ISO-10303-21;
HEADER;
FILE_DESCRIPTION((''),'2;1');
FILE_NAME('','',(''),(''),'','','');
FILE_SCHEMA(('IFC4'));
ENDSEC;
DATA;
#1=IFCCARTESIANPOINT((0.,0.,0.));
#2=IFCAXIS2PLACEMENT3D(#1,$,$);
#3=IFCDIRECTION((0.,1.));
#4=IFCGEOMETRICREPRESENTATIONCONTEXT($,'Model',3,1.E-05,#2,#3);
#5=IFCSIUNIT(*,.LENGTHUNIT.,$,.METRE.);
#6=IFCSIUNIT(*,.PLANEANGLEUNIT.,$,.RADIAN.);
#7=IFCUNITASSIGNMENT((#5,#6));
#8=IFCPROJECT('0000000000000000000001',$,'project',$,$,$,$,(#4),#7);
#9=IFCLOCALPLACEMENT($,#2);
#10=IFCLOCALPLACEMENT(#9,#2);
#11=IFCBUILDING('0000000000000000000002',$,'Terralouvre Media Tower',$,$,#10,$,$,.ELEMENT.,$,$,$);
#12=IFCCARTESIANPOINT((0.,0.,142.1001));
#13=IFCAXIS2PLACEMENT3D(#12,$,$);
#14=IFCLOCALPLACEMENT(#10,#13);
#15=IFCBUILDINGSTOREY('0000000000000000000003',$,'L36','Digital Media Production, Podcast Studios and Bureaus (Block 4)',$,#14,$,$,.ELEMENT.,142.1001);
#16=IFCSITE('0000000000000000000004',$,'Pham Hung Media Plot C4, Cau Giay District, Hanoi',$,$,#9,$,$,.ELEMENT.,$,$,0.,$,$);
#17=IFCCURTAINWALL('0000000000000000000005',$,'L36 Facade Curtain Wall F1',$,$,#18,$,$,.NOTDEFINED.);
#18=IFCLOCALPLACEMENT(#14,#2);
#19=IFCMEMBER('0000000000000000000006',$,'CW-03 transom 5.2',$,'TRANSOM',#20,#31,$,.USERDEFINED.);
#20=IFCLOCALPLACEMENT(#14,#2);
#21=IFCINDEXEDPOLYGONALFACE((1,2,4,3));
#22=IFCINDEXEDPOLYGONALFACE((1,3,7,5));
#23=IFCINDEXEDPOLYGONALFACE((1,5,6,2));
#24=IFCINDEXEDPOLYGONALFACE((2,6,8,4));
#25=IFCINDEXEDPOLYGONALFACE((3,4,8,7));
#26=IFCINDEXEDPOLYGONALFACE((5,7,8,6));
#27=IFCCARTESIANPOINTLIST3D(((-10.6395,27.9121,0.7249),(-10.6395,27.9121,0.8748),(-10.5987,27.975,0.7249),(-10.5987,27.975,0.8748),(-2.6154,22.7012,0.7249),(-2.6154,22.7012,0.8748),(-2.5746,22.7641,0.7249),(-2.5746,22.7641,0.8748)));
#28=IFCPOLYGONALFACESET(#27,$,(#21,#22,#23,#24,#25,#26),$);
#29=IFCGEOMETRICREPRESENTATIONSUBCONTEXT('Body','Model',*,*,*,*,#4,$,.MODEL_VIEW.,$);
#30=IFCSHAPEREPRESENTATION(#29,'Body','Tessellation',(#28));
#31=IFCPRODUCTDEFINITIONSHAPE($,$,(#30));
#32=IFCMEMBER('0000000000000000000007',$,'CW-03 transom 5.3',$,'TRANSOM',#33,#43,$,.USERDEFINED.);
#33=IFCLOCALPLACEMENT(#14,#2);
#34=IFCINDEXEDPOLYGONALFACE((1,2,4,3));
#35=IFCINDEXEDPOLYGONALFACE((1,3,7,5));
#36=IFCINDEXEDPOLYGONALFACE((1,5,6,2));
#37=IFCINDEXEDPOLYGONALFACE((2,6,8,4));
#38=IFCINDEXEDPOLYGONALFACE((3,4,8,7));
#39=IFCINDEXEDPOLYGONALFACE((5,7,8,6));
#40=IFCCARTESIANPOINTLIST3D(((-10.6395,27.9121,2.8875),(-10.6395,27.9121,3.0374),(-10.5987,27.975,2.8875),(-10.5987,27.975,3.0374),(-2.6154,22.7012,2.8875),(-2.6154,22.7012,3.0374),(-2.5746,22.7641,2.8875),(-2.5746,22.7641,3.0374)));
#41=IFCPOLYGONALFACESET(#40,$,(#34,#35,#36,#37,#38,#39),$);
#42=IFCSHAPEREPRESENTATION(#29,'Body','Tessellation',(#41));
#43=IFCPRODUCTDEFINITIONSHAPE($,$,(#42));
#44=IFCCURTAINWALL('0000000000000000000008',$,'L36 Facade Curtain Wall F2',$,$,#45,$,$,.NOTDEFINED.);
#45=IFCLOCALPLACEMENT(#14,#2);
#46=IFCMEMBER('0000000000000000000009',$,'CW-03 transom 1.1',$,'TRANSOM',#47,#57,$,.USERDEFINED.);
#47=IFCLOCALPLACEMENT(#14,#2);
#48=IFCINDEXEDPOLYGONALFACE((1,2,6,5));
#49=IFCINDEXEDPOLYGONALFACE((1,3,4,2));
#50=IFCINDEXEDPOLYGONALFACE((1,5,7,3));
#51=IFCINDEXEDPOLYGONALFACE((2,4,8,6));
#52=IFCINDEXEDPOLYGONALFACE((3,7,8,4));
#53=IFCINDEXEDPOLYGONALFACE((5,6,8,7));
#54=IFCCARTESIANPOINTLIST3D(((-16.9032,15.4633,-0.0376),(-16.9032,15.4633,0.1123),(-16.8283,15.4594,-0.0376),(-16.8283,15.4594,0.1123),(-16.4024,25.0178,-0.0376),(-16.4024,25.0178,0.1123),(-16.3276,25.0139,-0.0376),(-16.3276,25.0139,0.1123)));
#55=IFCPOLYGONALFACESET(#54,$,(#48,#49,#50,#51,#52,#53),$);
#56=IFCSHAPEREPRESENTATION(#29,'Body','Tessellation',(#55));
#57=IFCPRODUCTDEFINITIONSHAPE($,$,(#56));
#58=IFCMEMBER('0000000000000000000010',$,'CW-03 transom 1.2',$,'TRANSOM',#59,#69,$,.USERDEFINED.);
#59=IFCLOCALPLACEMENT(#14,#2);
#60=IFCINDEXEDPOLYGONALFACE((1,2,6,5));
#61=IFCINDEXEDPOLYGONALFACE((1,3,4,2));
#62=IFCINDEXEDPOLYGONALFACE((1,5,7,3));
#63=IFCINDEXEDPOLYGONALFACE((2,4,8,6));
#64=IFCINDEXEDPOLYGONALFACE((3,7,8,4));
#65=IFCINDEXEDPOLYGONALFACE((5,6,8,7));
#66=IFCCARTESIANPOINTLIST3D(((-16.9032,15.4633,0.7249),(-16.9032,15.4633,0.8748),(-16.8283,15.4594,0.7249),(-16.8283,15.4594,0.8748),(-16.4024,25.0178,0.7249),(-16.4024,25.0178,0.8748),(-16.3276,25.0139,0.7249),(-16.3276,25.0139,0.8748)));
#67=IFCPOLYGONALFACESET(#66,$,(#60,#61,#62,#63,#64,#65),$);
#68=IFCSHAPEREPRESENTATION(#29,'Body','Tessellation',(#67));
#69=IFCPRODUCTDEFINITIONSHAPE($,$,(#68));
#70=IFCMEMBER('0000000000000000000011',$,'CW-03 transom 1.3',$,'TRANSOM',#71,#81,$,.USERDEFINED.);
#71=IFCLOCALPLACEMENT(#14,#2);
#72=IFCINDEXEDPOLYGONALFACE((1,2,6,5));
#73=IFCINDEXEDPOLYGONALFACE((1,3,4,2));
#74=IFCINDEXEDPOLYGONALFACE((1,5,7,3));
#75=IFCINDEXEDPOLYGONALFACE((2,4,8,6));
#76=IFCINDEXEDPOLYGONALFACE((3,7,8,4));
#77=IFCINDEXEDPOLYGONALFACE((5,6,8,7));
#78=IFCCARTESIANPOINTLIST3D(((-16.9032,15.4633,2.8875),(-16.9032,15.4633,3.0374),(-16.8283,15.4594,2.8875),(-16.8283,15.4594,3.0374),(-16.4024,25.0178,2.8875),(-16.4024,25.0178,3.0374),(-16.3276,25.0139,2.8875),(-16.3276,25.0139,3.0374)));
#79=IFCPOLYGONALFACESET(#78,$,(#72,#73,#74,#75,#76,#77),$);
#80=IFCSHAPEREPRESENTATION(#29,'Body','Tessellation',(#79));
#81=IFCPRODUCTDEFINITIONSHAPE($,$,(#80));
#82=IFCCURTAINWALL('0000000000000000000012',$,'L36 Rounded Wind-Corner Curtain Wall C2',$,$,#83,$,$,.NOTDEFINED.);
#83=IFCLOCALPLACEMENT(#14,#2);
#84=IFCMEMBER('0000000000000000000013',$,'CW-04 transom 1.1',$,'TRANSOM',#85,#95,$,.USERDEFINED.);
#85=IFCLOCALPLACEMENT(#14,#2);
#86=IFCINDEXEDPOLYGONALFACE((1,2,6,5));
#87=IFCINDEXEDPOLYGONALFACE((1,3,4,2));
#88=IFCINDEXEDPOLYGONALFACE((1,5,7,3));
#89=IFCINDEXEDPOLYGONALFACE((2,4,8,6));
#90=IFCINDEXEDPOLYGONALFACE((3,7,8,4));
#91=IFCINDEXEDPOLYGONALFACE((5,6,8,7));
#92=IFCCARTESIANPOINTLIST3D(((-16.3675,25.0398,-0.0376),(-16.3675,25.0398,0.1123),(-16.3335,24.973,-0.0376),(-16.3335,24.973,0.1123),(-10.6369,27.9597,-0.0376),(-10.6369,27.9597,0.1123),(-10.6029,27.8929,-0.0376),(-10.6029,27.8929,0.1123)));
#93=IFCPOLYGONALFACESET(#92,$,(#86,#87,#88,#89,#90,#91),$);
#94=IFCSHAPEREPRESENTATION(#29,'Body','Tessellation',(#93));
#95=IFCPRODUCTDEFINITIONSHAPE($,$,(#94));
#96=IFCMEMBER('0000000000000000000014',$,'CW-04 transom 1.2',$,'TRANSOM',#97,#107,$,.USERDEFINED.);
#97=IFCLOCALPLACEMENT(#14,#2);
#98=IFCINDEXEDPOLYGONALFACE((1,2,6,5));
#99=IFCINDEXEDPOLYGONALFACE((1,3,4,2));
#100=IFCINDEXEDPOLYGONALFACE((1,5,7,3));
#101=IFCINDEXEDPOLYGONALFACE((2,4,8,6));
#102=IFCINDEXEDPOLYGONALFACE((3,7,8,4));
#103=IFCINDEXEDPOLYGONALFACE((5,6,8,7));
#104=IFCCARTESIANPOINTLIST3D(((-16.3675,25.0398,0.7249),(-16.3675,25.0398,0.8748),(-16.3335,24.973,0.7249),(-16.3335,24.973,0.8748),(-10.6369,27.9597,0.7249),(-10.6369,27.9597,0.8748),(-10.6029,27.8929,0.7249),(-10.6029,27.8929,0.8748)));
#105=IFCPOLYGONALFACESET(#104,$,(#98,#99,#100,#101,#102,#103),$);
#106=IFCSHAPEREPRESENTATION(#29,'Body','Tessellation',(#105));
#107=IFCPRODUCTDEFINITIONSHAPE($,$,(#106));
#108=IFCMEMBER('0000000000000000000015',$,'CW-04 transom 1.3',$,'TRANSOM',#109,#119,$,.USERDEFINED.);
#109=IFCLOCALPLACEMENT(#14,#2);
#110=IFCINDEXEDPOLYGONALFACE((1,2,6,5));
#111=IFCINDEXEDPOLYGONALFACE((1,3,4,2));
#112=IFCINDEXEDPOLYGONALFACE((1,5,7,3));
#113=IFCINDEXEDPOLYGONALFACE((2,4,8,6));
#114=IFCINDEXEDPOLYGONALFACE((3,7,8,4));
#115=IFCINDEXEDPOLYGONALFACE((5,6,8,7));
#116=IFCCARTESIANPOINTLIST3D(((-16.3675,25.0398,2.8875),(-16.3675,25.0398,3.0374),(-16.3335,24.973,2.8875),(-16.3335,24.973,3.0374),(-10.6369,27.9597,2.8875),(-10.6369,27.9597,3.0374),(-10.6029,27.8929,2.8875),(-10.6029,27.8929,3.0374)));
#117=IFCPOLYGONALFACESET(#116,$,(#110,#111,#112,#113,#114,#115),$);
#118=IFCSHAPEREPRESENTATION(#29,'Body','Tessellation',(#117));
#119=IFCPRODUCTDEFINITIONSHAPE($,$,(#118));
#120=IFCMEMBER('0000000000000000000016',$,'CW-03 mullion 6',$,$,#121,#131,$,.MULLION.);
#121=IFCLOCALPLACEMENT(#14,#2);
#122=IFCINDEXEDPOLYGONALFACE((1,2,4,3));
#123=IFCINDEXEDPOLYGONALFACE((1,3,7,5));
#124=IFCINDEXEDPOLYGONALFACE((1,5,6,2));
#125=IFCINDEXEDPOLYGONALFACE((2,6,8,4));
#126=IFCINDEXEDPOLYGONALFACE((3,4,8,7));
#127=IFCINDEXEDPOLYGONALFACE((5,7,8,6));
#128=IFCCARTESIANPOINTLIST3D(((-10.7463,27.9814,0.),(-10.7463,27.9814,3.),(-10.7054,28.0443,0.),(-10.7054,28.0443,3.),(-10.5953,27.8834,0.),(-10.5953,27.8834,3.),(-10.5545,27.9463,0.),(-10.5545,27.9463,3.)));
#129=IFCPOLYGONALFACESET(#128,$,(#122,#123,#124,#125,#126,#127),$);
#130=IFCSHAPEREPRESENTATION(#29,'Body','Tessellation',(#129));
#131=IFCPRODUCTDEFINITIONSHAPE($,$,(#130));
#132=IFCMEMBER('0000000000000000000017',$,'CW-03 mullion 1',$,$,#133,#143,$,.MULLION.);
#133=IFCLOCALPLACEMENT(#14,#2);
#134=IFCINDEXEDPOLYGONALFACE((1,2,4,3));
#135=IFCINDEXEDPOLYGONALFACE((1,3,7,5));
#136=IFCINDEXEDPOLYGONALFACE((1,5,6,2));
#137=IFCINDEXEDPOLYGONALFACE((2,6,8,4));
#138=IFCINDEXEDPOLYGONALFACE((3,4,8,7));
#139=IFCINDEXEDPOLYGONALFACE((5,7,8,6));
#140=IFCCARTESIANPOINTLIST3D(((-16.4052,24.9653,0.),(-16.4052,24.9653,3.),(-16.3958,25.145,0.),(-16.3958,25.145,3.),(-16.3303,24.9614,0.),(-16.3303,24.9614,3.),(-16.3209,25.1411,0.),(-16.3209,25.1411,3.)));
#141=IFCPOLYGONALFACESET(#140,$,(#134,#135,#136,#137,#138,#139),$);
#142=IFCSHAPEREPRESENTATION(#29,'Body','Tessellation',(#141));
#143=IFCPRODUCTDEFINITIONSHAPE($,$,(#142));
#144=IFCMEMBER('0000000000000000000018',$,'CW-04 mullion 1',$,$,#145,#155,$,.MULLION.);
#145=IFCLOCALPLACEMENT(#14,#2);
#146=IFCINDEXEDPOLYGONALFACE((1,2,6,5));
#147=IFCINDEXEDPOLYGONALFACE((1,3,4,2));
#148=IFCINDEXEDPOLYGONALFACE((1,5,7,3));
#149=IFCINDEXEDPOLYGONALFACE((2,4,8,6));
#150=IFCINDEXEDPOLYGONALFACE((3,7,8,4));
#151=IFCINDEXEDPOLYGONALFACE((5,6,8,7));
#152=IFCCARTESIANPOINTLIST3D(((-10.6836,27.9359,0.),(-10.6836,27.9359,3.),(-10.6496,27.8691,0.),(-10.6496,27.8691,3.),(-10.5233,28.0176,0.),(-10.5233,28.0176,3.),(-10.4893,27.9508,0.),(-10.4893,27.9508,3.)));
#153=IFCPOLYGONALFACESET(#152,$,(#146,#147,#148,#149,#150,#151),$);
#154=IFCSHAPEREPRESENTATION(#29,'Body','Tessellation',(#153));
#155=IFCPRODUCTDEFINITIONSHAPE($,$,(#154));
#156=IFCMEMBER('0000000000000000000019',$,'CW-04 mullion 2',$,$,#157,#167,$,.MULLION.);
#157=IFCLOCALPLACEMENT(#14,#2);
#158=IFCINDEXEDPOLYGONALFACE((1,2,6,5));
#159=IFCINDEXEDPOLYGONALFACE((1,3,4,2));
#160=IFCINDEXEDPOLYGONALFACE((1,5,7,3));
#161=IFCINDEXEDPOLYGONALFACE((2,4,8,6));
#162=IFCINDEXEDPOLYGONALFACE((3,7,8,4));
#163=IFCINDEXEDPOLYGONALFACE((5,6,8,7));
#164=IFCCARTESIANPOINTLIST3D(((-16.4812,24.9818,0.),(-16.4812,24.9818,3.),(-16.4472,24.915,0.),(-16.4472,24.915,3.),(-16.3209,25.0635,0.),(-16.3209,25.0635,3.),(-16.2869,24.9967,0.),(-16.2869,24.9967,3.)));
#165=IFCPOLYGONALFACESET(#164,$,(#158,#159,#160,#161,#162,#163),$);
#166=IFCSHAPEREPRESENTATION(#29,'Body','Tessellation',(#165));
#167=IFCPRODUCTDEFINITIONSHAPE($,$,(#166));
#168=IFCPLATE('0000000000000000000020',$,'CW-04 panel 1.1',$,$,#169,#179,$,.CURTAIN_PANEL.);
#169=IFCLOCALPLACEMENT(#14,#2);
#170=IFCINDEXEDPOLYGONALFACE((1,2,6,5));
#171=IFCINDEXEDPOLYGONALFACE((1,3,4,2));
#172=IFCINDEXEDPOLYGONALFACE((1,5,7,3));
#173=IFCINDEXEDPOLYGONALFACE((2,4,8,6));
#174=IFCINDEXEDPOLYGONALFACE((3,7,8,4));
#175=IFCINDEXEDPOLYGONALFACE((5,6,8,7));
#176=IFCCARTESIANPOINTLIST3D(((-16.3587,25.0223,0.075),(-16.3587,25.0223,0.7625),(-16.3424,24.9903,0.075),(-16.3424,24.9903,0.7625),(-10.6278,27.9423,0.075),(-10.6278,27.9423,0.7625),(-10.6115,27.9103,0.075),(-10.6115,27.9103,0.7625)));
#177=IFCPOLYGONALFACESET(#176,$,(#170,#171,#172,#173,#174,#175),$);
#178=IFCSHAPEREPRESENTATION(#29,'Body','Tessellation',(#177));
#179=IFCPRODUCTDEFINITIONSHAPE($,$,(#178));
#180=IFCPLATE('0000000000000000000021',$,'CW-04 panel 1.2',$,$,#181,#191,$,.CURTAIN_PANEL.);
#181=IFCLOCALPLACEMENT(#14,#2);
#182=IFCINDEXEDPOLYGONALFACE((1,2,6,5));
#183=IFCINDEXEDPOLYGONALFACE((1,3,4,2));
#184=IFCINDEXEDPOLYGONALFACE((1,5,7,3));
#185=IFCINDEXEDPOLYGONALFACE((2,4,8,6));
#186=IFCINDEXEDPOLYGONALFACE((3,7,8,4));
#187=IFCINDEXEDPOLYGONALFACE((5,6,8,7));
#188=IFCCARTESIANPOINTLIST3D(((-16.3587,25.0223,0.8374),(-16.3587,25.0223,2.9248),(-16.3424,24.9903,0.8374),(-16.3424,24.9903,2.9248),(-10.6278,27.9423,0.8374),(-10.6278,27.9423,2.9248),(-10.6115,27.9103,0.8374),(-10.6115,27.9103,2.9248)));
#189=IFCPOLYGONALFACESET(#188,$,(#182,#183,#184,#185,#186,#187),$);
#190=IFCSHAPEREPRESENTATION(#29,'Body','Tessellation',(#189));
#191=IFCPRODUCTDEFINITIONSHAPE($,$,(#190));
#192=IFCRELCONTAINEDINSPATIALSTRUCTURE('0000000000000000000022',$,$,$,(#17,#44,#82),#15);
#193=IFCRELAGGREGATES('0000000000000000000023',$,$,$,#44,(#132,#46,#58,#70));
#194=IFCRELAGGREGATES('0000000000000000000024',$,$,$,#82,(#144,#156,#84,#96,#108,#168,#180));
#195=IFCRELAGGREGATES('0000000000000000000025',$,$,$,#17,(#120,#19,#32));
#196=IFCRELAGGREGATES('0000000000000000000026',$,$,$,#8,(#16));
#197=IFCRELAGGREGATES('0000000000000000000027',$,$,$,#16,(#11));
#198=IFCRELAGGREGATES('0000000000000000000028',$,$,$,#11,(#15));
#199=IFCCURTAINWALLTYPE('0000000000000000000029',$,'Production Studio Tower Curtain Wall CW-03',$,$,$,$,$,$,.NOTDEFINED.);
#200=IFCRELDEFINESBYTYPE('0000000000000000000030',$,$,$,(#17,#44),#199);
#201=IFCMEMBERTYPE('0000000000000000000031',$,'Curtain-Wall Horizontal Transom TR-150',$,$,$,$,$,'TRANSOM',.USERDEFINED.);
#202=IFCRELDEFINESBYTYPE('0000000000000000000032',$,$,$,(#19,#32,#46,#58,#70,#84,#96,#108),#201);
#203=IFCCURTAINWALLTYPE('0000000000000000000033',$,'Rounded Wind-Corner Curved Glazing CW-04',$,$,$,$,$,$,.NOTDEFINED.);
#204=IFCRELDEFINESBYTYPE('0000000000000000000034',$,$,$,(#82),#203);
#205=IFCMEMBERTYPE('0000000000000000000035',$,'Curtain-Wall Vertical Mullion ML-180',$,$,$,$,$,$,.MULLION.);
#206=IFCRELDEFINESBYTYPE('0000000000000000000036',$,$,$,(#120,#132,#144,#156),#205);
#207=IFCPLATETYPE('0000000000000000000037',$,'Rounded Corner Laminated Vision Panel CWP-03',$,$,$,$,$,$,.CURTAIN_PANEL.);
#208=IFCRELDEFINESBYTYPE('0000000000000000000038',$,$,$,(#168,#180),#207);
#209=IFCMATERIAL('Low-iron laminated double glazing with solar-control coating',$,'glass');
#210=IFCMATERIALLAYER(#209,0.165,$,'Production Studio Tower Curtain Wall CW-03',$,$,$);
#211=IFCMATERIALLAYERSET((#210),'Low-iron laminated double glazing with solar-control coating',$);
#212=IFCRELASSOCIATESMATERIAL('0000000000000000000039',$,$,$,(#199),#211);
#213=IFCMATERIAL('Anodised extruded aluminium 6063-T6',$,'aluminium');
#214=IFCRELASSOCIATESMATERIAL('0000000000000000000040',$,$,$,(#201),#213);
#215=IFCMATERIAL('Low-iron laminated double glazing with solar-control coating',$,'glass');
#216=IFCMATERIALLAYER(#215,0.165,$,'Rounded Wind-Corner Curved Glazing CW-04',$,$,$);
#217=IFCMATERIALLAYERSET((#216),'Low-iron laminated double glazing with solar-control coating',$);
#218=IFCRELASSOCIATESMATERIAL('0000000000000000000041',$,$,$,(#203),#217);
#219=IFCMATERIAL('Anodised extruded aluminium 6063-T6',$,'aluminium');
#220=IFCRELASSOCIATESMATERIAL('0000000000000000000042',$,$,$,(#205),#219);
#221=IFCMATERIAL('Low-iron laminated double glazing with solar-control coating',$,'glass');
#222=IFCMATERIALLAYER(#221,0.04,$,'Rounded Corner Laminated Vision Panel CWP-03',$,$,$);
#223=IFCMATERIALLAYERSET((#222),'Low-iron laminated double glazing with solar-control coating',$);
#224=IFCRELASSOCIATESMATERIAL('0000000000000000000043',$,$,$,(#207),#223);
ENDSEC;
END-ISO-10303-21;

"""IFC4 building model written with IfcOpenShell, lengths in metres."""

from ifc_helpers import new_model, si_unit, direction, frame, origin, origin_2d, place, context, subcontext, project, spatial, rectangle, extrude, material, layer, layer_set, material_profile, profile_set, type_object, element, aggregate, save


model = new_model("IFC4")

# Units and contexts
model_context = context("Model", 3, precision=1e-05, world=origin(), true_north=direction((0.0, 1.0)))
body_context = subcontext(model_context, "Body", "Model", "MODEL_VIEW")
ifc_project = project(units=[si_unit("LENGTHUNIT", "METRE"), si_unit("PLANEANGLEUNIT", "RADIAN")], contexts=[model_context])

# Site, building, storey
site_placement = place(None, origin())
site = spatial("IfcSite", under=ifc_project, at=site_placement, Name="Pham Hung Media Plot C4, Cau Giay District, Hanoi", CompositionType="ELEMENT", RefElevation=0.0)
building_placement = place(site_placement, origin())
building = spatial("IfcBuilding", under=site, at=building_placement, Name="Terralouvre Media Tower", CompositionType="ELEMENT")
storey_placement = place(building_placement, frame((0.0, 0.0, 142.1001)))
storey = spatial("IfcBuildingStorey", under=building, at=storey_placement, Name="L36", Description="Digital Media Production, Podcast Studios and Bureaus (Block 4)", CompositionType="ELEMENT", Elevation=142.1001)

# Curtain walls, members
ifc_material_1 = material(Name="Low-iron laminated double glazing with solar-control coating", Category="glass")
ifc_layer_1 = layer(ifc_material_1, 0.165, Name="Production Studio Tower Curtain Wall CW-03")
ifc_layer_set_1 = layer_set([ifc_layer_1], Name="Low-iron laminated double glazing with solar-control coating")
curtain_wall_type_1 = type_object("IfcCurtainWallType", Name="Production Studio Tower Curtain Wall CW-03", PredefinedType="NOTDEFINED", material=ifc_layer_set_1)
curtain_wall_1_placement = place(storey_placement, origin())
curtain_wall_1 = element("IfcCurtainWall", 1, at=curtain_wall_1_placement, inside=storey, type_object=curtain_wall_type_1, Name="L36 Facade Curtain Wall F1", PredefinedType="NOTDEFINED")
ifc_material_2 = material(Name="Anodised extruded aluminium 6063-T6", Category="aluminium")
ifc_material_profile_1 = material_profile(ifc_material_2, rectangle(XDim=0.075, YDim=0.1499, at=origin_2d()), Name="ALU 75x150")
ifc_profile_set_1 = profile_set([ifc_material_profile_1], Name="Anodised extruded aluminium 6063-T6")
member_type_1 = type_object("IfcMemberType", Name="Curtain-Wall Horizontal Transom TR-150", ElementType="TRANSOM", PredefinedType="USERDEFINED", material=ifc_profile_set_1)
member_1_placement = place(storey_placement, frame((-2.595, 22.7327, 0.7998), z_axis=(-0.838671, 0.544638, 0.0), x_axis=(-0.544638, -0.838671, 0.0)))
member_1 = element("IfcMember", 2, at=member_1_placement, type_object=member_type_1, Name="CW-03 transom 5.2", ObjectType="TRANSOM", PredefinedType="USERDEFINED", context=body_context, shape_type="SweptSolid", body=[
    extrude(rectangle(XDim=0.075, YDim=0.1499, at=origin_2d()), origin(), (0.0, 0.0, 1.0), 9.5676),
])
member_2_placement = place(storey_placement, frame((-2.595, 22.7327, 2.9624), z_axis=(-0.838671, 0.544638, 0.0), x_axis=(-0.544638, -0.838671, 0.0)))
member_2 = element("IfcMember", 3, at=member_2_placement, type_object=member_type_1, Name="CW-03 transom 5.3", ObjectType="TRANSOM", PredefinedType="USERDEFINED", context=body_context, shape_type="SweptSolid", body=[
    extrude(rectangle(XDim=0.075, YDim=0.1499, at=origin_2d()), origin(), (0.0, 0.0, 1.0), 9.5676),
])
curtain_wall_2_placement = place(storey_placement, origin())
curtain_wall_2 = element("IfcCurtainWall", 4, at=curtain_wall_2_placement, inside=storey, type_object=curtain_wall_type_1, Name="L36 Facade Curtain Wall F2", PredefinedType="NOTDEFINED")
member_3_placement = place(storey_placement, frame((-16.365, 25.0159, 0.0374), z_axis=(-0.052337, -0.99863, 0.0), x_axis=(0.99863, -0.052337, 0.0)))
member_3 = element("IfcMember", 5, at=member_3_placement, type_object=member_type_1, Name="CW-03 transom 1.1", ObjectType="TRANSOM", PredefinedType="USERDEFINED", context=body_context, shape_type="SweptSolid", body=[
    extrude(rectangle(XDim=0.075, YDim=0.1499, at=origin_2d()), origin(), (0.0, 0.0, 1.0), 9.5676),
])
member_4_placement = place(storey_placement, frame((-16.365, 25.0159, 0.7998), z_axis=(-0.052337, -0.99863, 0.0), x_axis=(0.99863, -0.052337, 0.0)))
member_4 = element("IfcMember", 6, at=member_4_placement, type_object=member_type_1, Name="CW-03 transom 1.2", ObjectType="TRANSOM", PredefinedType="USERDEFINED", context=body_context, shape_type="SweptSolid", body=[
    extrude(rectangle(XDim=0.075, YDim=0.1499, at=origin_2d()), origin(), (0.0, 0.0, 1.0), 9.5676),
])
member_5_placement = place(storey_placement, frame((-16.365, 25.0159, 2.9624), z_axis=(-0.052337, -0.99863, 0.0), x_axis=(0.99863, -0.052337, 0.0)))
member_5 = element("IfcMember", 7, at=member_5_placement, type_object=member_type_1, Name="CW-03 transom 1.3", ObjectType="TRANSOM", PredefinedType="USERDEFINED", context=body_context, shape_type="SweptSolid", body=[
    extrude(rectangle(XDim=0.075, YDim=0.1499, at=origin_2d()), origin(), (0.0, 0.0, 1.0), 9.5676),
])
ifc_material_3 = material(Name="Low-iron laminated double glazing with solar-control coating", Category="glass")
ifc_layer_2 = layer(ifc_material_3, 0.165, Name="Rounded Wind-Corner Curved Glazing CW-04")
ifc_layer_set_2 = layer_set([ifc_layer_2], Name="Low-iron laminated double glazing with solar-control coating")
curtain_wall_type_2 = type_object("IfcCurtainWallType", Name="Rounded Wind-Corner Curved Glazing CW-04", PredefinedType="NOTDEFINED", material=ifc_layer_set_2)
curtain_wall_3_placement = place(storey_placement, origin())
curtain_wall_3 = element("IfcCurtainWall", 8, at=curtain_wall_3_placement, inside=storey, type_object=curtain_wall_type_2, Name="L36 Rounded Wind-Corner Curtain Wall C2", PredefinedType="NOTDEFINED")
member_6_placement = place(storey_placement, frame((-10.6199, 27.9263, 0.0374), z_axis=(-0.891008, -0.453988, 0.0), x_axis=(0.453988, -0.891008, 0.0)))
member_6 = element("IfcMember", 9, at=member_6_placement, type_object=member_type_1, Name="CW-04 transom 1.1", ObjectType="TRANSOM", PredefinedType="USERDEFINED", context=body_context, shape_type="SweptSolid", body=[
    extrude(rectangle(XDim=0.075, YDim=0.1499, at=origin_2d()), origin(), (0.0, 0.0, 1.0), 6.4316),
])
member_7_placement = place(storey_placement, frame((-10.6199, 27.9263, 0.7998), z_axis=(-0.891008, -0.453988, 0.0), x_axis=(0.453988, -0.891008, 0.0)))
member_7 = element("IfcMember", 10, at=member_7_placement, type_object=member_type_1, Name="CW-04 transom 1.2", ObjectType="TRANSOM", PredefinedType="USERDEFINED", context=body_context, shape_type="SweptSolid", body=[
    extrude(rectangle(XDim=0.075, YDim=0.1499, at=origin_2d()), origin(), (0.0, 0.0, 1.0), 6.4316),
])
member_8_placement = place(storey_placement, frame((-10.6199, 27.9263, 2.9624), z_axis=(-0.891008, -0.453988, 0.0), x_axis=(0.453988, -0.891008, 0.0)))
member_8 = element("IfcMember", 11, at=member_8_placement, type_object=member_type_1, Name="CW-04 transom 1.3", ObjectType="TRANSOM", PredefinedType="USERDEFINED", context=body_context, shape_type="SweptSolid", body=[
    extrude(rectangle(XDim=0.075, YDim=0.1499, at=origin_2d()), origin(), (0.0, 0.0, 1.0), 6.4316),
])

# Members
ifc_material_4 = material(Name="Anodised extruded aluminium 6063-T6", Category="aluminium")
ifc_material_profile_2 = material_profile(ifc_material_4, rectangle(XDim=0.075, YDim=0.1799, at=origin_2d()), Name="ALU 75x180")
ifc_profile_set_2 = profile_set([ifc_material_profile_2], Name="Anodised extruded aluminium 6063-T6")
member_type_2 = type_object("IfcMemberType", Name="Curtain-Wall Vertical Mullion ML-180", PredefinedType="MULLION", material=ifc_profile_set_2)
member_9_placement = place(storey_placement, frame((-10.6504, 27.9639, 0.0), z_axis=(0.0, 0.0, 1.0), x_axis=(-0.544639, -0.838671, 0.0)))
member_9 = element("IfcMember", 12, at=member_9_placement, type_object=member_type_2, Name="CW-03 mullion 6", PredefinedType="MULLION", context=body_context, shape_type="SweptSolid", body=[
    extrude(rectangle(XDim=0.075, YDim=0.1799, at=origin_2d()), origin(), (0.0, 0.0, 1.0), 3.0),
])
member_10_placement = place(storey_placement, frame((-16.363, 25.0532, 0.0), z_axis=(0.0, 0.0, 1.0), x_axis=(0.99863, -0.052336, 0.0)))
member_10 = element("IfcMember", 13, at=member_10_placement, type_object=member_type_2, Name="CW-03 mullion 1", PredefinedType="MULLION", context=body_context, shape_type="SweptSolid", body=[
    extrude(rectangle(XDim=0.075, YDim=0.1799, at=origin_2d()), origin(), (0.0, 0.0, 1.0), 3.0),
])
aggregate(curtain_wall_2, [member_10, member_3, member_4, member_5])
member_11_placement = place(storey_placement, frame((-10.5864, 27.9434, 0.0), z_axis=(0.0, 0.0, 1.0), x_axis=(0.45399, -0.891007, 0.0)))
member_11 = element("IfcMember", 14, at=member_11_placement, type_object=member_type_2, Name="CW-04 mullion 1", PredefinedType="MULLION", context=body_context, shape_type="SweptSolid", body=[
    extrude(rectangle(XDim=0.075, YDim=0.1799, at=origin_2d()), origin(), (0.0, 0.0, 1.0), 3.0),
])
member_12_placement = place(storey_placement, frame((-16.384, 24.9893, 0.0), z_axis=(0.0, 0.0, 1.0), x_axis=(0.45399, -0.891007, 0.0)))
member_12 = element("IfcMember", 15, at=member_12_placement, type_object=member_type_2, Name="CW-04 mullion 2", PredefinedType="MULLION", context=body_context, shape_type="SweptSolid", body=[
    extrude(rectangle(XDim=0.075, YDim=0.1799, at=origin_2d()), origin(), (0.0, 0.0, 1.0), 3.0),
])

# Plates
ifc_material_5 = material(Name="Low-iron laminated double glazing with solar-control coating", Category="glass")
ifc_layer_3 = layer(ifc_material_5, 0.04, Name="Rounded Corner Laminated Vision Panel CWP-03")
ifc_layer_set_3 = layer_set([ifc_layer_3], Name="Low-iron laminated double glazing with solar-control coating")
plate_type_1 = type_object("IfcPlateType", Name="Rounded Corner Laminated Vision Panel CWP-03", PredefinedType="CURTAIN_PANEL", material=ifc_layer_set_3)
plate_1_placement = place(storey_placement, frame((-13.4851, 26.4663, 0.075), z_axis=(0.0, 0.0, 1.0), x_axis=(-0.891007, -0.45399, 0.0)))
plate_1 = element("IfcPlate", 16, at=plate_1_placement, type_object=plate_type_1, Name="CW-04 panel 1.1", PredefinedType="CURTAIN_PANEL", context=body_context, shape_type="SweptSolid", body=[
    extrude(rectangle(XDim=6.4319, YDim=0.0359, at=origin_2d()), origin(), (0.0, 0.0, 1.0), 0.6875),
])
plate_2_placement = place(storey_placement, frame((-13.4851, 26.4663, 0.8374), z_axis=(0.0, 0.0, 1.0), x_axis=(-0.891007, -0.45399, 0.0)))
plate_2 = element("IfcPlate", 17, at=plate_2_placement, type_object=plate_type_1, Name="CW-04 panel 1.2", PredefinedType="CURTAIN_PANEL", context=body_context, shape_type="SweptSolid", body=[
    extrude(rectangle(XDim=6.4319, YDim=0.0359, at=origin_2d()), origin(), (0.0, 0.0, 1.0), 2.0874),
])
aggregate(curtain_wall_3, [member_11, member_12, member_6, member_7, member_8, plate_1, plate_2])
aggregate(curtain_wall_1, [member_9, member_1, member_2])

save(model, "model.ifc")
